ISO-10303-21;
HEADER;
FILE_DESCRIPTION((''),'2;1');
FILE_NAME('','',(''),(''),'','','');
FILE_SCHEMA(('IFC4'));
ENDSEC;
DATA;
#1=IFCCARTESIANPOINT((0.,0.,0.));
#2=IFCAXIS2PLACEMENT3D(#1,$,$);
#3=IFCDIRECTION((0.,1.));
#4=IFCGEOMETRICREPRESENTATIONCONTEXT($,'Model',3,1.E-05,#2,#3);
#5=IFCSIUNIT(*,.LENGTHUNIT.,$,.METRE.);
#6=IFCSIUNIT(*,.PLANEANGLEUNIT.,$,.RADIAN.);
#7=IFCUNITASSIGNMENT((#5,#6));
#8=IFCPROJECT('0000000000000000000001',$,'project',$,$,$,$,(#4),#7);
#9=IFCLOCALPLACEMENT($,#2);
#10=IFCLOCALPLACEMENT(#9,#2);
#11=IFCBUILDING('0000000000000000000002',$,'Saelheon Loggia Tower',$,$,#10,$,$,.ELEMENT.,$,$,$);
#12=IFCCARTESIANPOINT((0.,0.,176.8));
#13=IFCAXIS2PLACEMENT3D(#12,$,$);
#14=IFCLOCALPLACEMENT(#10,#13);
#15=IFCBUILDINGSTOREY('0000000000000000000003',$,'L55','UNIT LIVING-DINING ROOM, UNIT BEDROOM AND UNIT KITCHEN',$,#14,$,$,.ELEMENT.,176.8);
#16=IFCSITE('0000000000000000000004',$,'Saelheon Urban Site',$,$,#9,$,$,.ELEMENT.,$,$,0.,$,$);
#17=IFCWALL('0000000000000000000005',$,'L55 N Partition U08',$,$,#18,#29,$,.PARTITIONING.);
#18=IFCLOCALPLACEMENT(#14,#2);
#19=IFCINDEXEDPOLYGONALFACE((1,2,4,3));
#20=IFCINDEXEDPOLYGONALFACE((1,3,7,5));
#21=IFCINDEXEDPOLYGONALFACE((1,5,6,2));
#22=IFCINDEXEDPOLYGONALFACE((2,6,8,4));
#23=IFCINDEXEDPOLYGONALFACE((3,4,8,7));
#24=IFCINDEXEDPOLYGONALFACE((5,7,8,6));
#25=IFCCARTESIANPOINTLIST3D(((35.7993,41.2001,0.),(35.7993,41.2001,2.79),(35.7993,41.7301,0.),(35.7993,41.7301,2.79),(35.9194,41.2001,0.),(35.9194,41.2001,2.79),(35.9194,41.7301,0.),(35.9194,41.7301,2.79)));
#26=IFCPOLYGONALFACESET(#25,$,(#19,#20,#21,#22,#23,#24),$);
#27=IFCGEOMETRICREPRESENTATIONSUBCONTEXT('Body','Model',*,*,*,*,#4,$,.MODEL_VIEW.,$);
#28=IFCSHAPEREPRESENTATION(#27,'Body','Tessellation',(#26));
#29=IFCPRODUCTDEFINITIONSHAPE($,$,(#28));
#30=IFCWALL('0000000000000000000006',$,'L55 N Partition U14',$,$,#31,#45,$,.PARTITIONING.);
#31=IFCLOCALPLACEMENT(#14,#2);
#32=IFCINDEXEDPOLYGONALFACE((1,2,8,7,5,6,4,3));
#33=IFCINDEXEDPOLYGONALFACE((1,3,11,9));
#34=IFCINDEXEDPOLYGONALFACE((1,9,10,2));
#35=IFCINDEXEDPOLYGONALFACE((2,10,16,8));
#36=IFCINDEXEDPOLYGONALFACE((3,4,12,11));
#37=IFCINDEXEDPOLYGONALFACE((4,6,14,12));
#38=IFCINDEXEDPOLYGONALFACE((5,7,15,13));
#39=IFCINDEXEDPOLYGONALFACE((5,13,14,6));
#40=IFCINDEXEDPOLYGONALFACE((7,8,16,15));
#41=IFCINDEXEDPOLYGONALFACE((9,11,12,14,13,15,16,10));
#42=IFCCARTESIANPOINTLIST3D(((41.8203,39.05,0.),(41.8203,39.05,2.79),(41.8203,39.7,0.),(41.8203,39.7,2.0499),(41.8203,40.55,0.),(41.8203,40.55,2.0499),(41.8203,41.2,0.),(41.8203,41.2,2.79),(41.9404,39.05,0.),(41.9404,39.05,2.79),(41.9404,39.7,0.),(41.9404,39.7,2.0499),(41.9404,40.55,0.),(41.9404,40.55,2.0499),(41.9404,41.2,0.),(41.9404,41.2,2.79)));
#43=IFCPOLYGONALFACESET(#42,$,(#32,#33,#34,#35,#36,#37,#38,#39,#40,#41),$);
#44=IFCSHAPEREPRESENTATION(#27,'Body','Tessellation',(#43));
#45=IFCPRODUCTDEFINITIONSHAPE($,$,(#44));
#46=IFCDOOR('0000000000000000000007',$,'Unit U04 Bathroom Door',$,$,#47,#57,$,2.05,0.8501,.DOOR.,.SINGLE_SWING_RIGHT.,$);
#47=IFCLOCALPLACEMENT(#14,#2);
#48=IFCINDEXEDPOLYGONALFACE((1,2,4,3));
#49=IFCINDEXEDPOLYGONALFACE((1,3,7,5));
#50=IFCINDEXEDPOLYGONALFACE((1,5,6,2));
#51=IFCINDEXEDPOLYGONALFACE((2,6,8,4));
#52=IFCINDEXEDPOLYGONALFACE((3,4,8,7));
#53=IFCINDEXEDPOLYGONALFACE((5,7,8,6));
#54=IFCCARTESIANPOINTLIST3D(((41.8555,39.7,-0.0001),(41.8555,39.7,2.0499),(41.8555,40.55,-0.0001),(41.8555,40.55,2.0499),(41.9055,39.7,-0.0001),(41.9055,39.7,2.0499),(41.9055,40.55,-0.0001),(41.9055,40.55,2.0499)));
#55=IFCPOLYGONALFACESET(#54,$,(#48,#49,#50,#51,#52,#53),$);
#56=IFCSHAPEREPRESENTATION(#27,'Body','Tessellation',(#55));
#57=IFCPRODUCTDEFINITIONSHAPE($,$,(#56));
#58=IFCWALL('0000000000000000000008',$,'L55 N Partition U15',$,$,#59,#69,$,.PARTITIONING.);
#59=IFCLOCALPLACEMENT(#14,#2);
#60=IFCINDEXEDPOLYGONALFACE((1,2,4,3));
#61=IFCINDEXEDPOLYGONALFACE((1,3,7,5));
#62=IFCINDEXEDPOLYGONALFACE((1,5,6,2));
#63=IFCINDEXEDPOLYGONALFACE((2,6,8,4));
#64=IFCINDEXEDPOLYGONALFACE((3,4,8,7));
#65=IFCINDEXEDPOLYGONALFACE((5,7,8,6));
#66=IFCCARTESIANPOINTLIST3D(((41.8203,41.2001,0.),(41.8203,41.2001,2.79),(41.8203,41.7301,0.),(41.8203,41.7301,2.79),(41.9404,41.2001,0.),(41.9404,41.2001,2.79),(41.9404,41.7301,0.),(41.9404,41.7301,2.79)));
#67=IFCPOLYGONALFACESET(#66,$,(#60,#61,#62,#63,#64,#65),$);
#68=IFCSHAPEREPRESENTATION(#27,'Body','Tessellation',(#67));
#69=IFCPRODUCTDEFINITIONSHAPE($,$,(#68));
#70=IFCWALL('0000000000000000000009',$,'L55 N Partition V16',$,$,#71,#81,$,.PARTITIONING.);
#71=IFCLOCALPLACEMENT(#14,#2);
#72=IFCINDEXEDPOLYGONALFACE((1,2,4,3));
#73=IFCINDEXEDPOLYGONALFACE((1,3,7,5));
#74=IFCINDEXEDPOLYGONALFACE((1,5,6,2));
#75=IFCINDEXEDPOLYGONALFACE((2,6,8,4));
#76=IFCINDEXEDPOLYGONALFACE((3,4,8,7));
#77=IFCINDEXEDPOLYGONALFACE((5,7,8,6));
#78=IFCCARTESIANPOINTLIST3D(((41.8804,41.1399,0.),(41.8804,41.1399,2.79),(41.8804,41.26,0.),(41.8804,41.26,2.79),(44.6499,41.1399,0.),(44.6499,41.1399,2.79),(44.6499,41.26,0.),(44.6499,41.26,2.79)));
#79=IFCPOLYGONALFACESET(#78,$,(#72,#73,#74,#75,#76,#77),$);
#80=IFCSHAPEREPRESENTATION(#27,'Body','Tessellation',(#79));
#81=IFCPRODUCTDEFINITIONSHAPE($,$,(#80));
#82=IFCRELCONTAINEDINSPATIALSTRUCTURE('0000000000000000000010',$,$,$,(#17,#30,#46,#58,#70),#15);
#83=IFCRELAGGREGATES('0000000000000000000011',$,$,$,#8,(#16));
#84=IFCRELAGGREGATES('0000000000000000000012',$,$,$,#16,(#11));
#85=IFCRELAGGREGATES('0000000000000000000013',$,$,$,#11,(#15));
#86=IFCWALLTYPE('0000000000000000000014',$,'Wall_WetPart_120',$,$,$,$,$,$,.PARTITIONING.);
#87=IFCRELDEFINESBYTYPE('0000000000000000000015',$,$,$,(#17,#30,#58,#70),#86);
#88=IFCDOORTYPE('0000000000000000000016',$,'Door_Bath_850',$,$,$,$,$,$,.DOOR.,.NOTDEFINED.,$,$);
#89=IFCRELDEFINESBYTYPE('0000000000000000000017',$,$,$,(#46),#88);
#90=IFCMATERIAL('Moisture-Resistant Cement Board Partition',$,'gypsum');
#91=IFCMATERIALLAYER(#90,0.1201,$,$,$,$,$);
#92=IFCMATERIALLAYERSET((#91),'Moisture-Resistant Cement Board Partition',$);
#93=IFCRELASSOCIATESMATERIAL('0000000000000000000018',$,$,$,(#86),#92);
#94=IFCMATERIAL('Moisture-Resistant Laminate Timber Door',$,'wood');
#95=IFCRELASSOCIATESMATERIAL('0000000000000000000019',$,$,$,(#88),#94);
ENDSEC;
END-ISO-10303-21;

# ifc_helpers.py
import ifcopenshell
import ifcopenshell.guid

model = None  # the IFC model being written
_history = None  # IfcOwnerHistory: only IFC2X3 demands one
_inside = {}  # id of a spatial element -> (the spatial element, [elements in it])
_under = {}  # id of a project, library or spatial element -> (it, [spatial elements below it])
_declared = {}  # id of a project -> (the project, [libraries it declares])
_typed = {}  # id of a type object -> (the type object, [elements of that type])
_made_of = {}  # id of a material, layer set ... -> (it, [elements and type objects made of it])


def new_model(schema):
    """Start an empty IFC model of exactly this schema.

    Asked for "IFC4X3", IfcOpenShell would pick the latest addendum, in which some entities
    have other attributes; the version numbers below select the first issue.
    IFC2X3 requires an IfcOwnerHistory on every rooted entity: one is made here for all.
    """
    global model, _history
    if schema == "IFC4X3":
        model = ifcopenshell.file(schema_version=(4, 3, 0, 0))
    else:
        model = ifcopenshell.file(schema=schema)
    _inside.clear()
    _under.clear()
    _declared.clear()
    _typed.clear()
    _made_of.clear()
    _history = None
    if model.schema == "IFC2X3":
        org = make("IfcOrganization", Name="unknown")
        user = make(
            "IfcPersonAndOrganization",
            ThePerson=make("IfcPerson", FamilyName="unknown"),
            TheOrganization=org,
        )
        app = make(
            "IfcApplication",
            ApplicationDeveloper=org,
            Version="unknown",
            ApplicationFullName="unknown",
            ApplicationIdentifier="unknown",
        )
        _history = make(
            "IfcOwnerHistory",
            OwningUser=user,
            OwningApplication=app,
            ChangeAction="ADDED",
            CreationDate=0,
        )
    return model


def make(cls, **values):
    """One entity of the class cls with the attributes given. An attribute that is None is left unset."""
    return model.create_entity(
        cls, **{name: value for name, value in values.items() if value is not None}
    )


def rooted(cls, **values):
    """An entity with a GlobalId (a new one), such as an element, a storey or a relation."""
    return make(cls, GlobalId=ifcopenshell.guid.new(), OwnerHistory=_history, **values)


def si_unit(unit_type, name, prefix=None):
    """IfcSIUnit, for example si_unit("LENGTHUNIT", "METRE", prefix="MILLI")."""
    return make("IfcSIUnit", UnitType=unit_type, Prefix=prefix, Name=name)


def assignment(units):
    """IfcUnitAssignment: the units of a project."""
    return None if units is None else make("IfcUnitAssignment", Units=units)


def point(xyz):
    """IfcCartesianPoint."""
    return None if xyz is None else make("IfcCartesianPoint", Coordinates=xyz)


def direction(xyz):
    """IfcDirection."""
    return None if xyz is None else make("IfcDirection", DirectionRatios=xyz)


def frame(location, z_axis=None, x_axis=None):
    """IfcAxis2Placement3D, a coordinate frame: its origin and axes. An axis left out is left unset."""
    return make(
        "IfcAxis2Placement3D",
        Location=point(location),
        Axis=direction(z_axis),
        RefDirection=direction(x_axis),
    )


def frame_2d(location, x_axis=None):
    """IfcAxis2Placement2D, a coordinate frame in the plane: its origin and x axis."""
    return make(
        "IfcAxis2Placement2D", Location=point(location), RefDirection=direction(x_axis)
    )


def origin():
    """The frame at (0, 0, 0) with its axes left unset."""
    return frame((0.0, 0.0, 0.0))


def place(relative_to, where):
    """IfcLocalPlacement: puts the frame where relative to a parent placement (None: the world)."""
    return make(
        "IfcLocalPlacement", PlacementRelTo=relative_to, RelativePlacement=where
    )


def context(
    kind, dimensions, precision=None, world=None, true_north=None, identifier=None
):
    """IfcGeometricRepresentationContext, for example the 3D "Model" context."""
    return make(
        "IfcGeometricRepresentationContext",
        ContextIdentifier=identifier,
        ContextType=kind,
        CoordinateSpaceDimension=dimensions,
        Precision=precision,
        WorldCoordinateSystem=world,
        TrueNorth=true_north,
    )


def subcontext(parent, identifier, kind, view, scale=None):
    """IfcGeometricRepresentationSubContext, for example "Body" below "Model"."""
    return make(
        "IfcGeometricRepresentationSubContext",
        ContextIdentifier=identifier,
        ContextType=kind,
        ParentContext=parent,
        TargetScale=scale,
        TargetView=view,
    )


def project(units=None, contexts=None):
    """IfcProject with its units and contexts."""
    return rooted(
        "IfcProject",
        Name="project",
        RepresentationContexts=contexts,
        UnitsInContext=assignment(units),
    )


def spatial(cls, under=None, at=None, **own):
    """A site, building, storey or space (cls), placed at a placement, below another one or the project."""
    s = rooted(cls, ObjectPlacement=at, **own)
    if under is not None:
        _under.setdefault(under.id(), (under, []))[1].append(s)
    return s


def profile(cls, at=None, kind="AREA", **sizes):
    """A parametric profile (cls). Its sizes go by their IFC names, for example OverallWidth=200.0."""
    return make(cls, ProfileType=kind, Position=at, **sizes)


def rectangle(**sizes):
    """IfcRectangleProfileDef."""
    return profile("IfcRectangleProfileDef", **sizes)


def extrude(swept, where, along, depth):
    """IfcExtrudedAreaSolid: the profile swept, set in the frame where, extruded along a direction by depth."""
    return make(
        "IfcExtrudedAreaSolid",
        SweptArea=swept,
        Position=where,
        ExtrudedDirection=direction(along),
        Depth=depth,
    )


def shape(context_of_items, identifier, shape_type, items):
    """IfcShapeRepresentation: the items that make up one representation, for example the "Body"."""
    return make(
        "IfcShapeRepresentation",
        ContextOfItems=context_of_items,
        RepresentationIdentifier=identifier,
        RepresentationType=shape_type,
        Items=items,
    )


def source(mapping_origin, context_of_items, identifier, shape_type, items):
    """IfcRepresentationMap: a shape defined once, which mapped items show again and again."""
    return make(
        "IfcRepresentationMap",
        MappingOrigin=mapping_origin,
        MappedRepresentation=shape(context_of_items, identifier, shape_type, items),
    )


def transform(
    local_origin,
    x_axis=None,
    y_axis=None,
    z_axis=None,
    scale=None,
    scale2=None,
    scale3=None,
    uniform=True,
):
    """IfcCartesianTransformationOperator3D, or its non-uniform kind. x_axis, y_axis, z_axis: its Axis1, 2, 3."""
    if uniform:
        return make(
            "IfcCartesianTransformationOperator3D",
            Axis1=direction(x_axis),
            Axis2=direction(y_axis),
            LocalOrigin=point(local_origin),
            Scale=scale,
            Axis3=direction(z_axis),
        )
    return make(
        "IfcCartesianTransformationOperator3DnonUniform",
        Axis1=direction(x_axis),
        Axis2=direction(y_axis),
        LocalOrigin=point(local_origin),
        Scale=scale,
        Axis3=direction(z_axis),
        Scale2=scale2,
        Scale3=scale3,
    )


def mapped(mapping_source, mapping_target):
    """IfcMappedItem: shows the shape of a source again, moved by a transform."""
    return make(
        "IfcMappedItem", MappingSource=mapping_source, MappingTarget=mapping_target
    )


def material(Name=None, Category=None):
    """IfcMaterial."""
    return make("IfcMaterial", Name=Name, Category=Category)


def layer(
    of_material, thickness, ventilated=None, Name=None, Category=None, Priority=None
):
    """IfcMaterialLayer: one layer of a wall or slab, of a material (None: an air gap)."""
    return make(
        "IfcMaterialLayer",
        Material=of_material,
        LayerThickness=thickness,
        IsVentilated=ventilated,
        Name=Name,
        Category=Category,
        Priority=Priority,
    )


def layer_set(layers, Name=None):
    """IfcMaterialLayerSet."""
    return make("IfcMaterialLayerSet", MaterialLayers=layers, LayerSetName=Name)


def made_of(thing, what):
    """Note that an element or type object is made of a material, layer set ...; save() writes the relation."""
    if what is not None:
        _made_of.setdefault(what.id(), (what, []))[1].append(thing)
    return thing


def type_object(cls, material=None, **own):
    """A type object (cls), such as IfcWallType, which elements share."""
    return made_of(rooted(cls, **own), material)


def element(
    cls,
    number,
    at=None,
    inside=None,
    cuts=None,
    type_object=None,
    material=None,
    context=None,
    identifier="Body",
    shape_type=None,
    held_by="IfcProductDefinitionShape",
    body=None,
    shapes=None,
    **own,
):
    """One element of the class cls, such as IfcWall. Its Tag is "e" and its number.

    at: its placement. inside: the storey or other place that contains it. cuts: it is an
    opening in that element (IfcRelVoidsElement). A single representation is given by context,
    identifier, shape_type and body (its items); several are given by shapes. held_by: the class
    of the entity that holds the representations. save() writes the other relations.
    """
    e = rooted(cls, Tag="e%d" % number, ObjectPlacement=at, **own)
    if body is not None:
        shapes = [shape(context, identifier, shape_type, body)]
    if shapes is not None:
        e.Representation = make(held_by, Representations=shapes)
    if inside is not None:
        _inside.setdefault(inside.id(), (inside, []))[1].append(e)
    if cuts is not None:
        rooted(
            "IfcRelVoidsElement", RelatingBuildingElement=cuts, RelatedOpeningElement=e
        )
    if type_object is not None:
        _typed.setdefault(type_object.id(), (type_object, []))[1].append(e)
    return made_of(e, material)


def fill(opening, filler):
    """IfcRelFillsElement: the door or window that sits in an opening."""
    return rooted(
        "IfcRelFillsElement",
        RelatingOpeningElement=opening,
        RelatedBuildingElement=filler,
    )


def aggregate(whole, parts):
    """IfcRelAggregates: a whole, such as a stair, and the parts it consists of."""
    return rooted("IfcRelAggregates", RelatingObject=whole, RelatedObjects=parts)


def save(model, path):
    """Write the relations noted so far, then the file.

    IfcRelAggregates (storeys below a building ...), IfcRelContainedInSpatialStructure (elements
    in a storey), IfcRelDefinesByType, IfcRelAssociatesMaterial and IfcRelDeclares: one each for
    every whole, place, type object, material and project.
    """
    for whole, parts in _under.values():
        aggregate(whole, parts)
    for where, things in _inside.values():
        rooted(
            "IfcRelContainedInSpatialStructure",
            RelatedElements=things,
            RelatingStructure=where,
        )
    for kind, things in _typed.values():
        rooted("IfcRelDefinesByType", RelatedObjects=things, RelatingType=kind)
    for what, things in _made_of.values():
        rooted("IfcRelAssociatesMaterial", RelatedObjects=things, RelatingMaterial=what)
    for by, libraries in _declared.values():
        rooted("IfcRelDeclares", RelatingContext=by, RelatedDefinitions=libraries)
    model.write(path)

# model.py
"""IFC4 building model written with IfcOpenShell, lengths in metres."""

from ifc_helpers import new_model, si_unit, direction, frame, frame_2d, origin, place, context, subcontext, project, spatial, rectangle, extrude, source, transform, mapped, material, layer, layer_set, type_object, element, fill, save


model = new_model("IFC4")

# Units and contexts
model_context = context("Model", 3, precision=1e-05, world=origin(), true_north=direction((0.0, 1.0)))
body_context = subcontext(model_context, "Body", "Model", "MODEL_VIEW")
ifc_project = project(units=[si_unit("LENGTHUNIT", "METRE"), si_unit("PLANEANGLEUNIT", "RADIAN")], contexts=[model_context])

# Site, building, storey
site_placement = place(None, origin())
site = spatial("IfcSite", under=ifc_project, at=site_placement, Name="Saelheon Urban Site", CompositionType="ELEMENT", RefElevation=0.0)
building_placement = place(site_placement, origin())
building = spatial("IfcBuilding", under=site, at=building_placement, Name="Saelheon Loggia Tower", CompositionType="ELEMENT")
storey_placement = place(building_placement, frame((0.0, 0.0, 176.8)))
storey = spatial("IfcBuildingStorey", under=building, at=storey_placement, Name="L55", Description="UNIT LIVING-DINING ROOM, UNIT BEDROOM AND UNIT KITCHEN", CompositionType="ELEMENT", Elevation=176.8)

# Shared definitions
ifc_material_1 = material(Name="Moisture-Resistant Cement Board Partition", Category="gypsum")
ifc_layer_1 = layer(ifc_material_1, 0.1201)
ifc_layer_set_1 = layer_set([ifc_layer_1], Name="Moisture-Resistant Cement Board Partition")
wall_type_1 = type_object("IfcWallType", Name="Wall_WetPart_120", PredefinedType="PARTITIONING", material=ifc_layer_set_1)
ifc_material_2 = material(Name="Moisture-Resistant Laminate Timber Door", Category="wood")
door_type_1 = type_object("IfcDoorType", Name="Door_Bath_850", OperationType="NOTDEFINED", PredefinedType="DOOR", material=ifc_material_2)
shared_shape_1 = source(origin(), body_context, "Body", "SweptSolid", [
    extrude(rectangle(XDim=0.8501, YDim=2.05, at=frame_2d((0.425, 1.0249))), frame((0.0, 0.0249, 0.0), z_axis=(0.0, -1.0, 0.0), x_axis=(1.0, 0.0, 0.0)), (0.0, 0.0, 1.0), 0.05),
])

# Wall
wall_1_placement = place(storey_placement, frame((35.8594, 41.2, 0.0), z_axis=(0.0, 0.0, 1.0), x_axis=(0.0, 1.0, 0.0)))
element("IfcWall", 1, at=wall_1_placement, inside=storey, type_object=wall_type_1, Name="L55 N Partition U08", PredefinedType="PARTITIONING", context=body_context, shape_type="SweptSolid", body=[
    extrude(rectangle(XDim=0.53, YDim=0.1201, at=frame_2d((0.2651, 0.0))), origin(), (0.0, 0.0, 1.0), 2.79),
])

# Wall, opening, door
wall_2_placement = place(storey_placement, frame((41.8804, 39.05, 0.0), z_axis=(0.0, 0.0, 1.0), x_axis=(0.0, 1.0, 0.0)))
wall_2 = element("IfcWall", 2, at=wall_2_placement, inside=storey, type_object=wall_type_1, Name="L55 N Partition U14", PredefinedType="PARTITIONING", context=body_context, shape_type="SweptSolid", body=[
    extrude(rectangle(XDim=2.1499, YDim=0.1201, at=frame_2d((1.075, 0.0))), origin(), (0.0, 0.0, 1.0), 2.79),
])
opening_1_placement = place(wall_2_placement, frame((0.6499, 0.0, 0.0)))
opening_1 = element("IfcOpeningElement", 3, at=opening_1_placement, cuts=wall_2, PredefinedType="OPENING", context=body_context, shape_type="SweptSolid", body=[
    extrude(rectangle(XDim=0.8501, YDim=2.05, at=frame_2d((0.425, 1.0249))), frame((0.0, 0.072, 0.0), z_axis=(0.0, -1.0, 0.0), x_axis=(1.0, 0.0, 0.0)), (0.0, 0.0, 1.0), 0.144),
])
door_1_placement = place(opening_1_placement, origin())
door_1 = element("IfcDoor", 4, at=door_1_placement, inside=storey, type_object=door_type_1, Name="Unit U04 Bathroom Door", OperationType="SINGLE_SWING_RIGHT", OverallHeight=2.05, OverallWidth=0.8501, PredefinedType="DOOR", context=body_context, shape_type="MappedRepresentation", body=[
    mapped(shared_shape_1, transform((0.0, 0.0, 0.0), scale=1.0)),
])
fill(opening_1, door_1)

# Walls
wall_3_placement = place(storey_placement, frame((41.8804, 41.2, 0.0), z_axis=(0.0, 0.0, 1.0), x_axis=(0.0, 1.0, 0.0)))
element("IfcWall", 5, at=wall_3_placement, inside=storey, type_object=wall_type_1, Name="L55 N Partition U15", PredefinedType="PARTITIONING", context=body_context, shape_type="SweptSolid", body=[
    extrude(rectangle(XDim=0.53, YDim=0.1201, at=frame_2d((0.2651, 0.0))), origin(), (0.0, 0.0, 1.0), 2.79),
])
wall_4_placement = place(storey_placement, frame((41.8804, 41.2, 0.0), z_axis=(0.0, 0.0, 1.0), x_axis=(1.0, 0.0, 0.0)))
element("IfcWall", 6, at=wall_4_placement, inside=storey, type_object=wall_type_1, Name="L55 N Partition V16", PredefinedType="PARTITIONING", context=body_context, shape_type="SweptSolid", body=[
    extrude(rectangle(XDim=2.7695, YDim=0.1201, at=frame_2d((1.3848, 0.0))), origin(), (0.0, 0.0, 1.0), 2.79),
])

save(model, "model.ifc")
